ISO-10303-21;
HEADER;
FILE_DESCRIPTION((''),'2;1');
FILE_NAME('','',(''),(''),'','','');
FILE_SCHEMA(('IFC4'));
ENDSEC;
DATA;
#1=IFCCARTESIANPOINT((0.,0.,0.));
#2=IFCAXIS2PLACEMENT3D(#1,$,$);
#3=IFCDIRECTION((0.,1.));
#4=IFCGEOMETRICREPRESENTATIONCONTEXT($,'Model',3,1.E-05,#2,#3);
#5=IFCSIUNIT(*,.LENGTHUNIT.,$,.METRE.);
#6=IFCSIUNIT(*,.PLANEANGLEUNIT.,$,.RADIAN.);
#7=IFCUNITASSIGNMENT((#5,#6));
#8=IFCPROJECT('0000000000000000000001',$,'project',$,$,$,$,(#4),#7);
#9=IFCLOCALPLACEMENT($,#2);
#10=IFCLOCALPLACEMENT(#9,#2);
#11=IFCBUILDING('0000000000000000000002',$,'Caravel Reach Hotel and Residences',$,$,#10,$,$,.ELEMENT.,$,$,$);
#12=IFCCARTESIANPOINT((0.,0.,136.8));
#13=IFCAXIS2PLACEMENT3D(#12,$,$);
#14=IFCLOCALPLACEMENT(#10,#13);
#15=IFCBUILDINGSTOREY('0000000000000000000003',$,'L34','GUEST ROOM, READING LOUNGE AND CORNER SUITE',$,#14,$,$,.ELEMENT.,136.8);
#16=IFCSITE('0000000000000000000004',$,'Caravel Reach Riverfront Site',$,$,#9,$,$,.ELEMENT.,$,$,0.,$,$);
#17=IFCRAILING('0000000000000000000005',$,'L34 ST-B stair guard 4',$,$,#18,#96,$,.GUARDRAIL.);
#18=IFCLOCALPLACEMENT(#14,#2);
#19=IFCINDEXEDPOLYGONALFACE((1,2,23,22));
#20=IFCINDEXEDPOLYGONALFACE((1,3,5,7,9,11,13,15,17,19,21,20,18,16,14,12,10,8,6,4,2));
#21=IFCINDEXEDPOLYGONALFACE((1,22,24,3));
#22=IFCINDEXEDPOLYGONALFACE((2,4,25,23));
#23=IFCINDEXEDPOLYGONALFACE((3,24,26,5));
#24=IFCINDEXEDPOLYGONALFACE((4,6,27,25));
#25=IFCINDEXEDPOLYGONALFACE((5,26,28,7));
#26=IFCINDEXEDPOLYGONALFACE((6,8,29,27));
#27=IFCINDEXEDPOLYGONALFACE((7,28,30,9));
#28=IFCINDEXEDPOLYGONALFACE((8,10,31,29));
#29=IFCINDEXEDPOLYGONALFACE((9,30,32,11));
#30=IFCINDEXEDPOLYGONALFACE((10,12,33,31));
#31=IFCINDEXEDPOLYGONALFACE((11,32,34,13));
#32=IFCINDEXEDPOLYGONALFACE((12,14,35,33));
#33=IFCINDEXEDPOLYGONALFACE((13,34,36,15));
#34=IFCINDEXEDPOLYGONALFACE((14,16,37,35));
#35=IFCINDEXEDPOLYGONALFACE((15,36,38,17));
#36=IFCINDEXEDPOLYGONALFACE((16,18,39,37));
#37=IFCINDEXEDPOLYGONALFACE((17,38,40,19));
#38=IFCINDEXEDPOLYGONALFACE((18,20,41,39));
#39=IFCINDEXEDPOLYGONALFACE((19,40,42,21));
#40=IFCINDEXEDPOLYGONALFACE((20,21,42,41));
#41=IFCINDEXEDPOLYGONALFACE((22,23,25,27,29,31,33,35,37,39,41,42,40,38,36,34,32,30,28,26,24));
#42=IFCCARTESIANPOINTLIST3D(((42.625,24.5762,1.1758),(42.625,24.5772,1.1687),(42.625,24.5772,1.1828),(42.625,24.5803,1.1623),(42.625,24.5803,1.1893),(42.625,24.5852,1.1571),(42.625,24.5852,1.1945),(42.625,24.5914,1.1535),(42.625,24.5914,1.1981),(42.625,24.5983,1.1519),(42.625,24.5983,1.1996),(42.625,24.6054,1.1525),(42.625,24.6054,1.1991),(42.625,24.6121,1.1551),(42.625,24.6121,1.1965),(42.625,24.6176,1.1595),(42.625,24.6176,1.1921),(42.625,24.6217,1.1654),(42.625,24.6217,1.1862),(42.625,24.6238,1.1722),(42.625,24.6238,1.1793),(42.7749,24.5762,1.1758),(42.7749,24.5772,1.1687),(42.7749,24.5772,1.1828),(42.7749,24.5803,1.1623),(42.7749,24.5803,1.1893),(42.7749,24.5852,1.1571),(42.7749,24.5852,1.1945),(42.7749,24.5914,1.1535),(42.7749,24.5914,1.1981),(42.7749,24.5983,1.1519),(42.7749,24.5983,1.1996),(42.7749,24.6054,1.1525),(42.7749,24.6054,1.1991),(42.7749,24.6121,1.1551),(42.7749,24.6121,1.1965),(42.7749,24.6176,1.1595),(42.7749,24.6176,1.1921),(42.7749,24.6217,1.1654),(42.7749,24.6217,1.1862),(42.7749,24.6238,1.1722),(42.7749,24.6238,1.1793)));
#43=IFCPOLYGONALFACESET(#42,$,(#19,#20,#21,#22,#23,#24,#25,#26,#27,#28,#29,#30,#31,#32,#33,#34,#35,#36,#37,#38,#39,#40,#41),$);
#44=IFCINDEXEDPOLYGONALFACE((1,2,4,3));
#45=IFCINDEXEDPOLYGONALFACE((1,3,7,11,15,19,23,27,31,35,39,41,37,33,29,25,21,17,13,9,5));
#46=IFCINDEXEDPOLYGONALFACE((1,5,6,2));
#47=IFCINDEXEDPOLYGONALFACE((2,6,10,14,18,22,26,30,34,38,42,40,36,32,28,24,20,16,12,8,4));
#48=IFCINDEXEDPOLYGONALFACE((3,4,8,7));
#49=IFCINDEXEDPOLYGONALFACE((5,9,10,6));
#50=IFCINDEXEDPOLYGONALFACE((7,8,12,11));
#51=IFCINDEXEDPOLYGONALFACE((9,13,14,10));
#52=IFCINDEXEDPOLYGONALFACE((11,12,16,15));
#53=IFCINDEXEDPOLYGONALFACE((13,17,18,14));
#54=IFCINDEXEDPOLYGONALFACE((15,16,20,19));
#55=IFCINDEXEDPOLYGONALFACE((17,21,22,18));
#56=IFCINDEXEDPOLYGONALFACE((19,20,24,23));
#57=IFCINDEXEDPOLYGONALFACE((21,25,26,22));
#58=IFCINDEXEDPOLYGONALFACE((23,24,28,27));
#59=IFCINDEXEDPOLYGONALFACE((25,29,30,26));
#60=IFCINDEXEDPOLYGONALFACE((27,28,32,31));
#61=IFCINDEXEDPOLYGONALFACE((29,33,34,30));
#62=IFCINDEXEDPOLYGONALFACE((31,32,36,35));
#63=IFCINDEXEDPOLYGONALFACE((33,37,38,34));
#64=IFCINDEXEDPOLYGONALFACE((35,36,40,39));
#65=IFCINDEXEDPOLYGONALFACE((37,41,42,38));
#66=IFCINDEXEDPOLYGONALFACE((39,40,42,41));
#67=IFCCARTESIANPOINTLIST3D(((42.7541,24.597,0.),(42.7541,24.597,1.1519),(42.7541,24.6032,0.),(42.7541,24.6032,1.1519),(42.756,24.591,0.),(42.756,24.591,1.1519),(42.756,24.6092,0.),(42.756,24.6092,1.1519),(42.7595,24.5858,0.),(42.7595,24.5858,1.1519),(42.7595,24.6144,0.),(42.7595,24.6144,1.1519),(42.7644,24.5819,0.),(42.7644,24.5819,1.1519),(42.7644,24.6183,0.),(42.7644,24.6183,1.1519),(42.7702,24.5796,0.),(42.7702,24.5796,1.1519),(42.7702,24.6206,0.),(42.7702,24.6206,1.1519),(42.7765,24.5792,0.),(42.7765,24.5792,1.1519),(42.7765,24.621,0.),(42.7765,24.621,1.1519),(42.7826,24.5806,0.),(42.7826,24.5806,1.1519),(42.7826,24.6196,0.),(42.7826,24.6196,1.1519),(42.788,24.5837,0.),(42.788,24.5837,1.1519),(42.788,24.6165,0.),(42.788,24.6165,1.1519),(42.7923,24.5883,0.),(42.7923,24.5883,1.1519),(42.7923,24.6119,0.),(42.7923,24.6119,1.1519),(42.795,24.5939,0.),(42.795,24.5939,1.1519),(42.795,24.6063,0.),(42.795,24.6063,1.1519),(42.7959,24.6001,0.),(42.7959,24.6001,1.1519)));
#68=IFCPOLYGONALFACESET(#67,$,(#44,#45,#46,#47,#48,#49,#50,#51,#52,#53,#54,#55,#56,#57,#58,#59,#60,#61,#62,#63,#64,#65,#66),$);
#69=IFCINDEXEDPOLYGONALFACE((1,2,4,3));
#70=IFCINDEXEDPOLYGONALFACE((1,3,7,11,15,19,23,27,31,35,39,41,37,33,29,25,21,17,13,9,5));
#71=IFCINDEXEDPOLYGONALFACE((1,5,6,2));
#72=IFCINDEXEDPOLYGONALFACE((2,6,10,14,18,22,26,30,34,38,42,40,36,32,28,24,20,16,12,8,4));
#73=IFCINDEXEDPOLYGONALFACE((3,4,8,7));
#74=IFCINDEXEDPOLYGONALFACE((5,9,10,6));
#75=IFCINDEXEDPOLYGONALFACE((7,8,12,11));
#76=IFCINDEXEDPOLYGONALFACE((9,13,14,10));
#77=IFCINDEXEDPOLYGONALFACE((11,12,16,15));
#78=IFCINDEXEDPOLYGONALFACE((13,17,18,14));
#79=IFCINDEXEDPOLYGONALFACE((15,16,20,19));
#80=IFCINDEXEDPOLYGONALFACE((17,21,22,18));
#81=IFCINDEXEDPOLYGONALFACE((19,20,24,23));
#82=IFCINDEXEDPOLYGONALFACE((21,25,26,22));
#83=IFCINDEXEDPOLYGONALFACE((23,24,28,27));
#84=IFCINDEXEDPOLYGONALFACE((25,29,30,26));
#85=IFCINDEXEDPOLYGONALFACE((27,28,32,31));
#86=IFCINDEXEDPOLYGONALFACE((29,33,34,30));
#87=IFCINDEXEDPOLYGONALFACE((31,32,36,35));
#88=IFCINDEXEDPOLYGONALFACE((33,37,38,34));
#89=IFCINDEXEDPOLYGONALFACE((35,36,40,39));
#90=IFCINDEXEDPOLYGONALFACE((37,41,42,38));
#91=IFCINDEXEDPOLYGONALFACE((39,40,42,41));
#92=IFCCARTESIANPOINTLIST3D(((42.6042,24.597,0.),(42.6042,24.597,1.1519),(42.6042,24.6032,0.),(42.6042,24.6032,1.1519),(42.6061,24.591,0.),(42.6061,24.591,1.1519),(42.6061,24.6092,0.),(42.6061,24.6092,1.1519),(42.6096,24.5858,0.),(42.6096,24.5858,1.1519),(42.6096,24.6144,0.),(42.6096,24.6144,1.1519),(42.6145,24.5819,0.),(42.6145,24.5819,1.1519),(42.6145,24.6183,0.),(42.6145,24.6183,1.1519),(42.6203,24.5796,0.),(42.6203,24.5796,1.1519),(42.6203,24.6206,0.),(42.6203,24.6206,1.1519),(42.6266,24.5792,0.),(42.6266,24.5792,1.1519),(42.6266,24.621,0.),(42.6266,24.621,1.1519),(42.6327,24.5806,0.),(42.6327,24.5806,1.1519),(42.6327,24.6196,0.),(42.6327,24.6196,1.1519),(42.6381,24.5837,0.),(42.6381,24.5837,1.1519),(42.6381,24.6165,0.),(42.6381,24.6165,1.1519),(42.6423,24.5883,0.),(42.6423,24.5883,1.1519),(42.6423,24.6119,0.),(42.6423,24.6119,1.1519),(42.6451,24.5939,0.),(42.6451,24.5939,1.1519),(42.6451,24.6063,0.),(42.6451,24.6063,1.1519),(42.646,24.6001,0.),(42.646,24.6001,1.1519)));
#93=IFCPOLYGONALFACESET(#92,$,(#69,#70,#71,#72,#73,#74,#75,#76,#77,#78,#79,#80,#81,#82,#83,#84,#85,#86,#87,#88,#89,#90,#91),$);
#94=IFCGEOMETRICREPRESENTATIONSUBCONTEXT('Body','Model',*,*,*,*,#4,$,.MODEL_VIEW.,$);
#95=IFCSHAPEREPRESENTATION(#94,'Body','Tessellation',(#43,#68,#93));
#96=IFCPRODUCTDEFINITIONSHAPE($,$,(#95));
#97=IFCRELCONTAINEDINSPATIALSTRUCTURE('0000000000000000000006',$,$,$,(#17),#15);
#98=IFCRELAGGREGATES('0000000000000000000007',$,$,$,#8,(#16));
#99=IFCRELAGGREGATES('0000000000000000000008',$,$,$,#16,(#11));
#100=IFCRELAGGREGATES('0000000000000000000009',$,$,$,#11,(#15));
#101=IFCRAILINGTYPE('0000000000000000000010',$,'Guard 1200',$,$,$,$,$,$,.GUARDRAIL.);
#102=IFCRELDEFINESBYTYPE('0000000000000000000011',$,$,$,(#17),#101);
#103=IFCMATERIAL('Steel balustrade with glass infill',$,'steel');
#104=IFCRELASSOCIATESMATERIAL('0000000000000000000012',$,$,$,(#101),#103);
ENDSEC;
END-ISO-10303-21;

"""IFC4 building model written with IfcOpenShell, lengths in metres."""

from ifc_helpers import new_model, si_unit, direction, frame, origin, origin_2d, place, context, subcontext, project, spatial, circle, extrude, material, type_object, element, save


model = new_model("IFC4")

# Units and contexts
model_context = context("Model", 3, precision=1e-05, world=origin(), true_north=direction((0.0, 1.0)))
body_context = subcontext(model_context, "Body", "Model", "MODEL_VIEW")
ifc_project = project(units=[si_unit("LENGTHUNIT", "METRE"), si_unit("PLANEANGLEUNIT", "RADIAN")], contexts=[model_context])

# Site, building, storey
site_placement = place(None, origin())
site = spatial("IfcSite", under=ifc_project, at=site_placement, Name="Caravel Reach Riverfront Site", CompositionType="ELEMENT", RefElevation=0.0)
building_placement = place(site_placement, origin())
building = spatial("IfcBuilding", under=site, at=building_placement, Name="Caravel Reach Hotel and Residences", CompositionType="ELEMENT")
storey_placement = place(building_placement, frame((0.0, 0.0, 136.8)))
storey = spatial("IfcBuildingStorey", under=building, at=storey_placement, Name="L34", Description="GUEST ROOM, READING LOUNGE AND CORNER SUITE", CompositionType="ELEMENT", Elevation=136.8)

# Railing
ifc_material_1 = material(Name="Steel balustrade with glass infill", Category="steel")
railing_type = type_object("IfcRailingType", Name="Guard 1200", PredefinedType="GUARDRAIL", material=ifc_material_1)
railing_1_placement = place(storey_placement, frame((42.7749, 24.6001, 0.0)))
element("IfcRailing", 1, at=railing_1_placement, inside=storey, type_object=railing_type, Name="L34 ST-B stair guard 4", PredefinedType="GUARDRAIL", context=body_context, shape_type="SweptSolid", body=[
    extrude(circle(Radius=0.0239, at=origin_2d()), frame((0.0, 0.0, 1.1758), z_axis=(-1.0, 0.0, 0.0), x_axis=(0.0, -1.0, 0.0)), (0.0, 0.0, 1.0), 0.1499),
    extrude(circle(Radius=0.021, at=origin_2d()), origin(), (0.0, 0.0, 1.0), 1.1519),
    extrude(circle(Radius=0.021, at=origin_2d()), frame((-0.1499, 0.0, 0.0)), (0.0, 0.0, 1.0), 1.1519),
])

save(model, "model.ifc")
